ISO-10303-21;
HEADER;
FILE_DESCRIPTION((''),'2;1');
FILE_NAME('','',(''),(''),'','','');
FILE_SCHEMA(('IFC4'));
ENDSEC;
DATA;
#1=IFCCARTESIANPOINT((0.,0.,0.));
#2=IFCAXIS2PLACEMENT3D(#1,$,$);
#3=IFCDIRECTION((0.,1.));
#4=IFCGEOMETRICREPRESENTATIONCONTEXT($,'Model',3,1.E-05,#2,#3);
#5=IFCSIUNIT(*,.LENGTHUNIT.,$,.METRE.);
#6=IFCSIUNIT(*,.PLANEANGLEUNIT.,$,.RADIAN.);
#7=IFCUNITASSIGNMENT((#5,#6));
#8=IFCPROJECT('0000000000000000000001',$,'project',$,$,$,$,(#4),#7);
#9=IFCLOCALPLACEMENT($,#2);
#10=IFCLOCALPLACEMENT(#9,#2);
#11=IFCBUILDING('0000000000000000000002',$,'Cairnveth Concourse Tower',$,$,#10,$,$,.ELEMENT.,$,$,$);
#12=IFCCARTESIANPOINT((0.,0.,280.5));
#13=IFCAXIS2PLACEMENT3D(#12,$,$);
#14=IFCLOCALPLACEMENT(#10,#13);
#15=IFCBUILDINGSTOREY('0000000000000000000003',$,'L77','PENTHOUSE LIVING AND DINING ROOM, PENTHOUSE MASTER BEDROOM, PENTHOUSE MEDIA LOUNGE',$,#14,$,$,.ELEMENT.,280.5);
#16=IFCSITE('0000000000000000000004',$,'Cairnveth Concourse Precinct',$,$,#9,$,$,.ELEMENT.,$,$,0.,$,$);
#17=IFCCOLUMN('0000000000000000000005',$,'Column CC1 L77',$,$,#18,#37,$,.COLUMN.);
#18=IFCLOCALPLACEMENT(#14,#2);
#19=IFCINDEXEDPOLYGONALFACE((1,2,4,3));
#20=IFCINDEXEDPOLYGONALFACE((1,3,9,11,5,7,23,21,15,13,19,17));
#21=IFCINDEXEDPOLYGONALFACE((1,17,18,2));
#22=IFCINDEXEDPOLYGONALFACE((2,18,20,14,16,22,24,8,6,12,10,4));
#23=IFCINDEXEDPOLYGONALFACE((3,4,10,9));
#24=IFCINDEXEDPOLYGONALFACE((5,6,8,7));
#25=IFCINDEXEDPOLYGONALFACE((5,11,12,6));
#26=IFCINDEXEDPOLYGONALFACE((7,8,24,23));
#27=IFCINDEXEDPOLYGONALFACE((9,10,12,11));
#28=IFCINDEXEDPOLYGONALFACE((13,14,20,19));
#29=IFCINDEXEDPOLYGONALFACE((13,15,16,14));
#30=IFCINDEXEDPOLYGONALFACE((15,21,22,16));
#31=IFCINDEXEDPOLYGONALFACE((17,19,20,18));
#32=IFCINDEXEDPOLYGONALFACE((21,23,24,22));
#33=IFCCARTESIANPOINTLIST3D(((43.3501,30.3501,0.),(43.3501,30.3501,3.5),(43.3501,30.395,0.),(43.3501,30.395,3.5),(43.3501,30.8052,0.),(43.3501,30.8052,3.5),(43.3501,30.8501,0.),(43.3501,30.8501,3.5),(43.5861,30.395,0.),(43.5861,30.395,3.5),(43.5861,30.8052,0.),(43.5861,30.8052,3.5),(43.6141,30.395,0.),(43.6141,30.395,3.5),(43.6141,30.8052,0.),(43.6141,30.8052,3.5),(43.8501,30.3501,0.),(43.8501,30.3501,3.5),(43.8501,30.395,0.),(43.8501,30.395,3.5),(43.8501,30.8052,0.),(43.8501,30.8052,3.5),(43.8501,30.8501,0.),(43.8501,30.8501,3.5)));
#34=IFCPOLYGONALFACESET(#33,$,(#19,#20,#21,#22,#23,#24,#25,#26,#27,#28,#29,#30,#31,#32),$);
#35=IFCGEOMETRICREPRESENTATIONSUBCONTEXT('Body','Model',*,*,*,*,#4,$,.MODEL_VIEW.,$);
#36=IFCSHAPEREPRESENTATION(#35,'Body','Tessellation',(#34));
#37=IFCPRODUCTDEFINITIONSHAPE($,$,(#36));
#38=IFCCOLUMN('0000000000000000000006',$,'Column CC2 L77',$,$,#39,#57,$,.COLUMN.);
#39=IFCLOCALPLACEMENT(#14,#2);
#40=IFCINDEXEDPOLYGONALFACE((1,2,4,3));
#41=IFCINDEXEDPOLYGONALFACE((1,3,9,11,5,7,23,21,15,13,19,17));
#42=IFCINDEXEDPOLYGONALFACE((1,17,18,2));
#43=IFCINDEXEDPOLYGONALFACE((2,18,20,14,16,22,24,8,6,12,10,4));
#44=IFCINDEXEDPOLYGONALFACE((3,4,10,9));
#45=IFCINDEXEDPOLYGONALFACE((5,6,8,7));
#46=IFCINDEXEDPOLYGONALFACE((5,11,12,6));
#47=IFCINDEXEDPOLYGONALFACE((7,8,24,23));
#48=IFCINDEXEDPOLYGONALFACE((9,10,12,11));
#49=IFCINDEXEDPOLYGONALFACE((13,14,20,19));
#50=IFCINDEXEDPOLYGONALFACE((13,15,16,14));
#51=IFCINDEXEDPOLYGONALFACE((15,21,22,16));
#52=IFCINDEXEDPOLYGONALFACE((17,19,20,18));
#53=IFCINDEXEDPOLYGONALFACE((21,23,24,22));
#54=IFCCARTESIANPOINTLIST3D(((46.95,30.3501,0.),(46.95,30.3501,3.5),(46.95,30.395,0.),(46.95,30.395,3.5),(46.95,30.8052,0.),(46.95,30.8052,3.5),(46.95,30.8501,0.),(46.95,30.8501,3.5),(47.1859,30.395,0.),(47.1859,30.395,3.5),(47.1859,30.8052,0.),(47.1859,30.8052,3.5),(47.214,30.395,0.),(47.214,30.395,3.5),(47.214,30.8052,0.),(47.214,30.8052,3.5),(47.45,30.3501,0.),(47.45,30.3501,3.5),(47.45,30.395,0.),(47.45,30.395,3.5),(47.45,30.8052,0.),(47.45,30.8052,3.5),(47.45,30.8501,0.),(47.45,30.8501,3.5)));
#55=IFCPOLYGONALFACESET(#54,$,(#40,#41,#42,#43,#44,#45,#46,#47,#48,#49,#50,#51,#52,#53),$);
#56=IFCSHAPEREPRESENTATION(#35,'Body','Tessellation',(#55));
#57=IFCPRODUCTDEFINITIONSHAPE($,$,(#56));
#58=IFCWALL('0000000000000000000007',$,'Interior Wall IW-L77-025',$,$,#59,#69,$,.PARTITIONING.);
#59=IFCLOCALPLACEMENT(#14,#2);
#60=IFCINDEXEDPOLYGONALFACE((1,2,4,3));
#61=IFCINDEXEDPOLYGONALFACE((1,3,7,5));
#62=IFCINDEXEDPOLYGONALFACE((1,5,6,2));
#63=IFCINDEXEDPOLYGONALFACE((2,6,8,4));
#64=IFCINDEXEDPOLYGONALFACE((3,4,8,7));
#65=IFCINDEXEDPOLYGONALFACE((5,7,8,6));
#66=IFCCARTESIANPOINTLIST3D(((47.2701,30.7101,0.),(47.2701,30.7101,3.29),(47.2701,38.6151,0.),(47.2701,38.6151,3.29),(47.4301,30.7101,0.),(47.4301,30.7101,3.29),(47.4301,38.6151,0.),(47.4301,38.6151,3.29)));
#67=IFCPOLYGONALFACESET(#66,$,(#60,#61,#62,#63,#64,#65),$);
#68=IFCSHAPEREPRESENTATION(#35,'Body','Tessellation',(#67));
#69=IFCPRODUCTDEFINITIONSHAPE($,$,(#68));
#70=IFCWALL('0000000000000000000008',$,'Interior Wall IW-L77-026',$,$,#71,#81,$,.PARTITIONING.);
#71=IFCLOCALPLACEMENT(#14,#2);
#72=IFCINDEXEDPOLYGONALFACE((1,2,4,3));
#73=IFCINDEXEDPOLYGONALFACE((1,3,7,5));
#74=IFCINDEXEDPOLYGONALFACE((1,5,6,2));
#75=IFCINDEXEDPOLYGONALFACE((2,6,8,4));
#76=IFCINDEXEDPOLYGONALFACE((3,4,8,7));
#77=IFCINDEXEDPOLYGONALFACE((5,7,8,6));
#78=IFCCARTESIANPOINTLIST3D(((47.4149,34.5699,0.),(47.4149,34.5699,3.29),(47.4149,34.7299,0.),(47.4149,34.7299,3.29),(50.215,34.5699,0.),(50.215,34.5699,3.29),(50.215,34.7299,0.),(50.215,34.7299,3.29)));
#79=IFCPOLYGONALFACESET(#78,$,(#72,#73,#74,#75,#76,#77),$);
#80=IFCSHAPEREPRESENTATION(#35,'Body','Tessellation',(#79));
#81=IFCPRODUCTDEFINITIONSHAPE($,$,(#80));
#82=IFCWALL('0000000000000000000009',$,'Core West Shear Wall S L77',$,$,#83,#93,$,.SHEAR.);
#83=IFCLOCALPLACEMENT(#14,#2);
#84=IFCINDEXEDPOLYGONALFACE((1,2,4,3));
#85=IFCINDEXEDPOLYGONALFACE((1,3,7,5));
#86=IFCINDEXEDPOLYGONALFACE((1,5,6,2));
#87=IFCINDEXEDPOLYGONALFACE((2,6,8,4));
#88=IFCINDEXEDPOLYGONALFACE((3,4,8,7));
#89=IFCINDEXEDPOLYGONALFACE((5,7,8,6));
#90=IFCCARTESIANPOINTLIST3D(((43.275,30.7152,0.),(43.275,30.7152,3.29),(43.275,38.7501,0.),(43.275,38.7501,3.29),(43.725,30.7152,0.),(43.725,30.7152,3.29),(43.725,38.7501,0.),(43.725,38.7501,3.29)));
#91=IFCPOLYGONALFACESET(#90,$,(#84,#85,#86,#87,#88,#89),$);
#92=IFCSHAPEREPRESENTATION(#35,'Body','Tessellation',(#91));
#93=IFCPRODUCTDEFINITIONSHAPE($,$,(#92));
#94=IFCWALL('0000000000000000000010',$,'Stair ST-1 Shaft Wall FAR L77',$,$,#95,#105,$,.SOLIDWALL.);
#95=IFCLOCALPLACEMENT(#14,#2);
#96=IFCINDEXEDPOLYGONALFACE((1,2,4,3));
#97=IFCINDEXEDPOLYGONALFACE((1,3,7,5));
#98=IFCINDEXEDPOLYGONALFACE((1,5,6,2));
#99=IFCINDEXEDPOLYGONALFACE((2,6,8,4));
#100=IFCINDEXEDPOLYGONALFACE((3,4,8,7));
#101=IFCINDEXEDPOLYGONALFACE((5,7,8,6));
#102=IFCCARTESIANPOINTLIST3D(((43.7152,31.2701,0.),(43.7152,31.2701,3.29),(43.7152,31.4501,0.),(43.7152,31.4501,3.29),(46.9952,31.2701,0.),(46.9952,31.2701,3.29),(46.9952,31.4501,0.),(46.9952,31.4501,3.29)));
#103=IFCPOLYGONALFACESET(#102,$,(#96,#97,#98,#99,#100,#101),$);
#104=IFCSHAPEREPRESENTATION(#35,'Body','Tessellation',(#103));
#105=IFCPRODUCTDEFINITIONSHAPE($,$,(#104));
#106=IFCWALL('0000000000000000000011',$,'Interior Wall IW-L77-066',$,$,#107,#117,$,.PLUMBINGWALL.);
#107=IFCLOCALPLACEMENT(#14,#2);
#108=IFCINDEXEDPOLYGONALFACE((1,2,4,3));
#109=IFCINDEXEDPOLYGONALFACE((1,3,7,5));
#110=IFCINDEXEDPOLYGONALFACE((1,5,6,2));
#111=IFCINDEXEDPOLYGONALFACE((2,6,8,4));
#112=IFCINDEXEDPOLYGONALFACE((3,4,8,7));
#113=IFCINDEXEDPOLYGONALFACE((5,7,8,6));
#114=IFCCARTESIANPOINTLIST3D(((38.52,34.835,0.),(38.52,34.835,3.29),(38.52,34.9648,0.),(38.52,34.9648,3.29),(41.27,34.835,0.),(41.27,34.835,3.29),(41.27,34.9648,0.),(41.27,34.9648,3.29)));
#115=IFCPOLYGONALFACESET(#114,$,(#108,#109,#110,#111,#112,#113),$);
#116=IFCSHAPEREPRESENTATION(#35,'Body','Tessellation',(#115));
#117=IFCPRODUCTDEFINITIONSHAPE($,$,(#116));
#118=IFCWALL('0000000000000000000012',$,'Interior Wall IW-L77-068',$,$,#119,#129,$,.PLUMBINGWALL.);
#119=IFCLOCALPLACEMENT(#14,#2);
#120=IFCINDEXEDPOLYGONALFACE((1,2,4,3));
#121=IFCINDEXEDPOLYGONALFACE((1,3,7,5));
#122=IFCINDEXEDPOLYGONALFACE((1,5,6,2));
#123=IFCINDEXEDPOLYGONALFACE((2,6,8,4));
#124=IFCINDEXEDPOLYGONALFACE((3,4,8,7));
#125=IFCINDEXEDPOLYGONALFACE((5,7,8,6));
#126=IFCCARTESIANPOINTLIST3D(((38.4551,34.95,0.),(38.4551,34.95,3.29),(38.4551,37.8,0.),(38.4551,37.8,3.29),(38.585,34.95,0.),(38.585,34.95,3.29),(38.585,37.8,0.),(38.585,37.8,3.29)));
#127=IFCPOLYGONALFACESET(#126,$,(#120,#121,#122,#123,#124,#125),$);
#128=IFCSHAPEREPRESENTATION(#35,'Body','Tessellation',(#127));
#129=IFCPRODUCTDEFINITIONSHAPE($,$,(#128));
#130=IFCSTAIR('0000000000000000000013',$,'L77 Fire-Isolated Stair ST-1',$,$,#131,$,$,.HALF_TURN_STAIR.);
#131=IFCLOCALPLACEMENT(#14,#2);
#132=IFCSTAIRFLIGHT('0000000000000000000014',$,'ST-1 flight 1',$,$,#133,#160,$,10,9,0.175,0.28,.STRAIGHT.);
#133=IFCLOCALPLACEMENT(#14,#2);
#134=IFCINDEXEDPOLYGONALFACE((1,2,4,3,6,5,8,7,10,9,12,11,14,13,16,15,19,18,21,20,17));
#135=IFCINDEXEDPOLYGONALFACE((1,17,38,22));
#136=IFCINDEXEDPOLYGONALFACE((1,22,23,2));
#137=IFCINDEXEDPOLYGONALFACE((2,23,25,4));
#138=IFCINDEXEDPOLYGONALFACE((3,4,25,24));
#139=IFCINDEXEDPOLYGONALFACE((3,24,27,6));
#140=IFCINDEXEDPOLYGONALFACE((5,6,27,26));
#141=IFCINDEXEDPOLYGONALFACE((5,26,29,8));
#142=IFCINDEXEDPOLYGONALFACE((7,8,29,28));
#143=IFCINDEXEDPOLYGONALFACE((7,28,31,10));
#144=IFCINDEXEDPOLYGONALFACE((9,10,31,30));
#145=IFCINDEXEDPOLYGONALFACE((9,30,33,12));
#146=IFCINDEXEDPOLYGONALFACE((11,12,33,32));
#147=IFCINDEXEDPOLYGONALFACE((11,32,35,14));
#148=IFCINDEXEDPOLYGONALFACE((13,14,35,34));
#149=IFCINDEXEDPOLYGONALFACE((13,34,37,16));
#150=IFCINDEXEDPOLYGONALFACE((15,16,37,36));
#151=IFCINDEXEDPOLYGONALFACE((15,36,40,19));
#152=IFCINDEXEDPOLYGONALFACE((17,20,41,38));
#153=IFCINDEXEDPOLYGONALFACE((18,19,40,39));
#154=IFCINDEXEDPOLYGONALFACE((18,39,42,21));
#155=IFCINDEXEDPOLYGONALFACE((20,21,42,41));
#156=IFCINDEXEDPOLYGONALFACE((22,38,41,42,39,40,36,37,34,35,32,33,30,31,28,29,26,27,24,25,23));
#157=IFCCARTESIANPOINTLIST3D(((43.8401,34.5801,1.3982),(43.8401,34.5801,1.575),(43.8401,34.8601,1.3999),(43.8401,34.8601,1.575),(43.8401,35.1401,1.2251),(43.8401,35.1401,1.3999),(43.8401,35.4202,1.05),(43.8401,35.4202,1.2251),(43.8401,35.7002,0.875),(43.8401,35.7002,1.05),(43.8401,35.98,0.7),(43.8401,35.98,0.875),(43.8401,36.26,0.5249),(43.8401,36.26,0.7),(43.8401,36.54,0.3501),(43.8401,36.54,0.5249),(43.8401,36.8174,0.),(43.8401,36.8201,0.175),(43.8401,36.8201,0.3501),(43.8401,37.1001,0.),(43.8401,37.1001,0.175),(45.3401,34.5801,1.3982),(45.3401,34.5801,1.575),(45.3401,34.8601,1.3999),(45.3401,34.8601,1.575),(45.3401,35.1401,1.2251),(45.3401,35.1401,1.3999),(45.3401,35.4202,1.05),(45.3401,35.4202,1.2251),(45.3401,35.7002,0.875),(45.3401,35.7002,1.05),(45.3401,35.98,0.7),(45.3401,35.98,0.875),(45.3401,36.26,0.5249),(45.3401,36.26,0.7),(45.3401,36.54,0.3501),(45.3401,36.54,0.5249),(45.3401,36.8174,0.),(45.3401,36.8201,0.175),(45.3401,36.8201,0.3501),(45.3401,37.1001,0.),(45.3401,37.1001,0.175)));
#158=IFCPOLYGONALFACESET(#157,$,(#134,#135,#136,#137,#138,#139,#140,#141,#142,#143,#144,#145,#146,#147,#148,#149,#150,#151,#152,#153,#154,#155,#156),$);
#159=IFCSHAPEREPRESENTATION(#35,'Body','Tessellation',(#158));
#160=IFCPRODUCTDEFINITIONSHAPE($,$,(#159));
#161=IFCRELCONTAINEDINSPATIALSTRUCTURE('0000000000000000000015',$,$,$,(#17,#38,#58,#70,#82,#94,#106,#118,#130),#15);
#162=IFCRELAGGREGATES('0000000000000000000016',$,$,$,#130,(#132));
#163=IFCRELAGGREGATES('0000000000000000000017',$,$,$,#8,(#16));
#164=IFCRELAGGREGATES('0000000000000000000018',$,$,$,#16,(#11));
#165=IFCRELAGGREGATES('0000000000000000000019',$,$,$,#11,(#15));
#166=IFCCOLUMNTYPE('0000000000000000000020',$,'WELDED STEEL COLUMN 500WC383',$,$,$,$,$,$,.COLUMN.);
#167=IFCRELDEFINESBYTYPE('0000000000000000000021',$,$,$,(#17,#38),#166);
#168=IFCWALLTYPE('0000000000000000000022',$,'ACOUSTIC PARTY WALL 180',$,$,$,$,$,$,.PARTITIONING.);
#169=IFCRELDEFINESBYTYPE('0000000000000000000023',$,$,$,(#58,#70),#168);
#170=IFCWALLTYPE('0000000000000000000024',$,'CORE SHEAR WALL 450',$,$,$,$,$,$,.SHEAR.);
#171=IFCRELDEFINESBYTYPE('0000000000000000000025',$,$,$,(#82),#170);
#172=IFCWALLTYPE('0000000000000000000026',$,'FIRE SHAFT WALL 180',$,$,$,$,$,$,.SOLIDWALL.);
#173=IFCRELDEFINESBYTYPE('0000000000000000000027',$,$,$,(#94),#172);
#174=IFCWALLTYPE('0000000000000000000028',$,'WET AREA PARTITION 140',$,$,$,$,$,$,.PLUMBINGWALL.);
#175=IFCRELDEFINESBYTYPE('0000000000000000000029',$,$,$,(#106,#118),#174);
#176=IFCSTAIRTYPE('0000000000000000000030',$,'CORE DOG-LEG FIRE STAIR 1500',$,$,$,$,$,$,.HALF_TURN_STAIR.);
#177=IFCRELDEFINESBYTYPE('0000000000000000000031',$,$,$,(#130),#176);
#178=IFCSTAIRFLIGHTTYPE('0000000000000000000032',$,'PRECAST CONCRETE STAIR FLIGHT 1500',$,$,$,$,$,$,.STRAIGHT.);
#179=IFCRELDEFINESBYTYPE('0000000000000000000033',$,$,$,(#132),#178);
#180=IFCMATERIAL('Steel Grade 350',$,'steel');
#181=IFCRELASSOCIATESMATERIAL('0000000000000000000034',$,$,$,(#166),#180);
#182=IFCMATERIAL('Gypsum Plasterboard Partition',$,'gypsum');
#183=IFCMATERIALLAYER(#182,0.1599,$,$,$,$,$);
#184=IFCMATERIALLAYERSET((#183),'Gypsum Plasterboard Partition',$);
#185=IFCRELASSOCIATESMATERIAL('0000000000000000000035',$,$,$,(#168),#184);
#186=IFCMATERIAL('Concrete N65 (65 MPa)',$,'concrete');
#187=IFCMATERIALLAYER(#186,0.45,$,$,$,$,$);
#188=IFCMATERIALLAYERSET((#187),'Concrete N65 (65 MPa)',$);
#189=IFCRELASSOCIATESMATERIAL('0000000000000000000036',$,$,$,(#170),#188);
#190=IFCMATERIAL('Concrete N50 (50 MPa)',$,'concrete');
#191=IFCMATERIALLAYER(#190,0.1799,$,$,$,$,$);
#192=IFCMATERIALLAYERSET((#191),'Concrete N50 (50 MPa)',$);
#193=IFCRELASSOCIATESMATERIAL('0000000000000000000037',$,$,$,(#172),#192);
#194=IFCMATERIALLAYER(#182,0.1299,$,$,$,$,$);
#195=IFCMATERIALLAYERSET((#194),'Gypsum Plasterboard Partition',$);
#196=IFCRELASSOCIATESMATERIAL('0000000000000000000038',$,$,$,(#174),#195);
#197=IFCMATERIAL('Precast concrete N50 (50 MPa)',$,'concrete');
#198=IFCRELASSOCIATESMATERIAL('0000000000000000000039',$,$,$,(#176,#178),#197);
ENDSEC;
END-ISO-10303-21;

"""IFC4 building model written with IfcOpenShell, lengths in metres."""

from ifc_helpers import new_model, si_unit, direction, frame, frame_2d, origin, origin_2d, place, context, subcontext, project, spatial, polyline, rectangle, i_section, outline, extrude, material, layer, layer_set, material_profile, profile_set, type_object, element, aggregate, save


model = new_model("IFC4")

# Units and contexts
model_context = context("Model", 3, precision=1e-05, world=origin(), true_north=direction((0.0, 1.0)))
body_context = subcontext(model_context, "Body", "Model", "MODEL_VIEW")
ifc_project = project(units=[si_unit("LENGTHUNIT", "METRE"), si_unit("PLANEANGLEUNIT", "RADIAN")], contexts=[model_context])

# Site, building, storey
site_placement = place(None, origin())
site = spatial("IfcSite", under=ifc_project, at=site_placement, Name="Cairnveth Concourse Precinct", CompositionType="ELEMENT", RefElevation=0.0)
building_placement = place(site_placement, origin())
building = spatial("IfcBuilding", under=site, at=building_placement, Name="Cairnveth Concourse Tower", CompositionType="ELEMENT")
storey_placement = place(building_placement, frame((0.0, 0.0, 280.5)))
storey = spatial("IfcBuildingStorey", under=building, at=storey_placement, Name="L77", Description="PENTHOUSE LIVING AND DINING ROOM, PENTHOUSE MASTER BEDROOM, PENTHOUSE MEDIA LOUNGE", CompositionType="ELEMENT", Elevation=280.5)

# Columns
ifc_material_1 = material(Name="Steel Grade 350", Category="steel")
ifc_material_profile = material_profile(ifc_material_1, i_section(OverallWidth=0.5, OverallDepth=0.5, WebThickness=0.0281, FlangeThickness=0.0449, at=origin_2d()), Name="500WC383")
ifc_profile_set = profile_set([ifc_material_profile], Name="Steel Grade 350")
column_type = type_object("IfcColumnType", Name="WELDED STEEL COLUMN 500WC383", PredefinedType="COLUMN", material=ifc_profile_set)
for number, where, z_axis, x_axis, name in (
    (1, (43.6001, 30.6001, 0.0), (0.0, 0.0, 1.0), (1.0, 0.0, 0.0), "Column CC1 L77"),
    (2, (47.2, 30.6001, 0.0), (0.0, 0.0, 1.0), (1.0, 0.0, 0.0), "Column CC2 L77"),
):
    element("IfcColumn", number, at=place(storey_placement, frame(where, z_axis=z_axis, x_axis=x_axis)), inside=storey, type_object=column_type, Name=name, PredefinedType="COLUMN", context=body_context, shape_type="SweptSolid", body=[
        extrude(i_section(OverallWidth=0.5, OverallDepth=0.5, WebThickness=0.0281, FlangeThickness=0.0449, at=origin_2d()), origin(), (0.0, 0.0, 1.0), 3.5),
    ])

# Walls
ifc_material_2 = material(Name="Gypsum Plasterboard Partition", Category="gypsum")
ifc_layer_1 = layer(ifc_material_2, 0.1599)
ifc_layer_set_1 = layer_set([ifc_layer_1], Name="Gypsum Plasterboard Partition")
wall_type_1 = type_object("IfcWallType", Name="ACOUSTIC PARTY WALL 180", PredefinedType="PARTITIONING", material=ifc_layer_set_1)
wall_1_placement = place(storey_placement, frame((47.3501, 30.71, 0.0), z_axis=(0.0, 0.0, 1.0), x_axis=(0.0, 1.0, 0.0)))
element("IfcWall", 3, at=wall_1_placement, inside=storey, type_object=wall_type_1, Name="Interior Wall IW-L77-025", PredefinedType="PARTITIONING", context=body_context, shape_type="SweptSolid", body=[
    extrude(rectangle(XDim=7.905, YDim=0.1599, at=frame_2d((3.9526, 0.0))), origin(), (0.0, 0.0, 1.0), 3.29),
])
wall_2_placement = place(storey_placement, frame((47.415, 34.6499, 0.0), z_axis=(0.0, 0.0, 1.0), x_axis=(1.0, 0.0, 0.0)))
element("IfcWall", 4, at=wall_2_placement, inside=storey, type_object=wall_type_1, Name="Interior Wall IW-L77-026", PredefinedType="PARTITIONING", context=body_context, shape_type="SweptSolid", body=[
    extrude(rectangle(XDim=2.8, YDim=0.1599, at=frame_2d((1.3999, 0.0))), origin(), (0.0, 0.0, 1.0), 3.29),
])
ifc_material_3 = material(Name="Concrete N65 (65 MPa)", Category="concrete")
ifc_layer_2 = layer(ifc_material_3, 0.45)
ifc_layer_set_2 = layer_set([ifc_layer_2], Name="Concrete N65 (65 MPa)")
wall_type_2 = type_object("IfcWallType", Name="CORE SHEAR WALL 450", PredefinedType="SHEAR", material=ifc_layer_set_2)
wall_3_placement = place(storey_placement, frame((43.5, 30.7151, 0.0), z_axis=(0.0, 0.0, 1.0), x_axis=(0.0, 1.0, 0.0)))
element("IfcWall", 5, at=wall_3_placement, inside=storey, type_object=wall_type_2, Name="Core West Shear Wall S L77", PredefinedType="SHEAR", context=body_context, shape_type="SweptSolid", body=[
    extrude(rectangle(XDim=8.0349, YDim=0.45, at=frame_2d((4.0176, 0.0))), origin(), (0.0, 0.0, 1.0), 3.29),
])
ifc_material_4 = material(Name="Concrete N50 (50 MPa)", Category="concrete")
ifc_layer_3 = layer(ifc_material_4, 0.1799)
ifc_layer_set_3 = layer_set([ifc_layer_3], Name="Concrete N50 (50 MPa)")
wall_type_3 = type_object("IfcWallType", Name="FIRE SHAFT WALL 180", PredefinedType="SOLIDWALL", material=ifc_layer_set_3)
wall_4_placement = place(storey_placement, frame((43.7151, 31.3601, 0.0), z_axis=(0.0, 0.0, 1.0), x_axis=(1.0, 0.0, 0.0)))
element("IfcWall", 6, at=wall_4_placement, inside=storey, type_object=wall_type_3, Name="Stair ST-1 Shaft Wall FAR L77", PredefinedType="SOLIDWALL", context=body_context, shape_type="SweptSolid", body=[
    extrude(rectangle(XDim=3.28, YDim=0.1799, at=frame_2d((1.6401, 0.0))), origin(), (0.0, 0.0, 1.0), 3.29),
])

# Walls
ifc_layer_4 = layer(ifc_material_2, 0.1299)
ifc_layer_set_4 = layer_set([ifc_layer_4], Name="Gypsum Plasterboard Partition")
wall_type_4 = type_object("IfcWallType", Name="WET AREA PARTITION 140", PredefinedType="PLUMBINGWALL", material=ifc_layer_set_4)
wall_5_placement = place(storey_placement, frame((38.52, 34.8999, 0.0), z_axis=(0.0, 0.0, 1.0), x_axis=(1.0, 0.0, 0.0)))
element("IfcWall", 7, at=wall_5_placement, inside=storey, type_object=wall_type_4, Name="Interior Wall IW-L77-066", PredefinedType="PLUMBINGWALL", context=body_context, shape_type="SweptSolid", body=[
    extrude(rectangle(XDim=2.75, YDim=0.1299, at=frame_2d((1.375, 0.0))), origin(), (0.0, 0.0, 1.0), 3.29),
])
wall_6_placement = place(storey_placement, frame((38.52, 34.95, 0.0), z_axis=(0.0, 0.0, 1.0), x_axis=(0.0, 1.0, 0.0)))
element("IfcWall", 8, at=wall_6_placement, inside=storey, type_object=wall_type_4, Name="Interior Wall IW-L77-068", PredefinedType="PLUMBINGWALL", context=body_context, shape_type="SweptSolid", body=[
    extrude(rectangle(XDim=2.8501, YDim=0.1299, at=frame_2d((1.425, 0.0))), origin(), (0.0, 0.0, 1.0), 3.29),
])

# Stair, stair flight
ifc_material_5 = material(Name="Precast concrete N50 (50 MPa)", Category="concrete")
stair_type = type_object("IfcStairType", Name="CORE DOG-LEG FIRE STAIR 1500", PredefinedType="HALF_TURN_STAIR", material=ifc_material_5)
stair_placement = place(storey_placement, origin())
stair = element("IfcStair", 9, at=stair_placement, inside=storey, type_object=stair_type, Name="L77 Fire-Isolated Stair ST-1", PredefinedType="HALF_TURN_STAIR")
stair_flight_type = type_object("IfcStairFlightType", Name="PRECAST CONCRETE STAIR FLIGHT 1500", PredefinedType="STRAIGHT", material=ifc_material_5)
stair_flight_1_placement = place(storey_placement, frame((44.5901, 37.1001, 0.0), z_axis=(0.0, 0.0, 1.0), x_axis=(0.0, -1.0, 0.0)))
stair_flight_1 = element("IfcStairFlight", 10, at=stair_flight_1_placement, type_object=stair_flight_type, Name="ST-1 flight 1", NumberOfRisers=10, NumberOfTreads=9, PredefinedType="STRAIGHT", RiserHeight=0.175, TreadLength=0.28, context=body_context, shape_type="SweptSolid", body=[
    extrude(outline(polyline([(0.0, 0.0), (0.0, 0.175), (0.28, 0.175), (0.28, 0.3501), (0.5601, 0.3501), (0.5601, 0.5249), (0.8401, 0.5249), (0.8401, 0.7), (1.1201, 0.7), (1.1201, 0.875), (1.3999, 0.875), (1.3999, 1.05), (1.6799, 1.05), (1.6799, 1.2251), (1.96, 1.2251), (1.96, 1.3999), (2.24, 1.3999), (2.24, 1.575), (2.52, 1.575), (2.52, 1.75), (2.52, 1.3982), (0.2827, 0.0), (0.0, 0.0)])), frame((0.0, 0.75, 0.0), z_axis=(0.0, -1.0, 0.0), x_axis=(1.0, 0.0, 0.0)), (0.0, 0.0, 1.0), 1.5),
])
aggregate(stair, [stair_flight_1])

save(model, "model.ifc")
